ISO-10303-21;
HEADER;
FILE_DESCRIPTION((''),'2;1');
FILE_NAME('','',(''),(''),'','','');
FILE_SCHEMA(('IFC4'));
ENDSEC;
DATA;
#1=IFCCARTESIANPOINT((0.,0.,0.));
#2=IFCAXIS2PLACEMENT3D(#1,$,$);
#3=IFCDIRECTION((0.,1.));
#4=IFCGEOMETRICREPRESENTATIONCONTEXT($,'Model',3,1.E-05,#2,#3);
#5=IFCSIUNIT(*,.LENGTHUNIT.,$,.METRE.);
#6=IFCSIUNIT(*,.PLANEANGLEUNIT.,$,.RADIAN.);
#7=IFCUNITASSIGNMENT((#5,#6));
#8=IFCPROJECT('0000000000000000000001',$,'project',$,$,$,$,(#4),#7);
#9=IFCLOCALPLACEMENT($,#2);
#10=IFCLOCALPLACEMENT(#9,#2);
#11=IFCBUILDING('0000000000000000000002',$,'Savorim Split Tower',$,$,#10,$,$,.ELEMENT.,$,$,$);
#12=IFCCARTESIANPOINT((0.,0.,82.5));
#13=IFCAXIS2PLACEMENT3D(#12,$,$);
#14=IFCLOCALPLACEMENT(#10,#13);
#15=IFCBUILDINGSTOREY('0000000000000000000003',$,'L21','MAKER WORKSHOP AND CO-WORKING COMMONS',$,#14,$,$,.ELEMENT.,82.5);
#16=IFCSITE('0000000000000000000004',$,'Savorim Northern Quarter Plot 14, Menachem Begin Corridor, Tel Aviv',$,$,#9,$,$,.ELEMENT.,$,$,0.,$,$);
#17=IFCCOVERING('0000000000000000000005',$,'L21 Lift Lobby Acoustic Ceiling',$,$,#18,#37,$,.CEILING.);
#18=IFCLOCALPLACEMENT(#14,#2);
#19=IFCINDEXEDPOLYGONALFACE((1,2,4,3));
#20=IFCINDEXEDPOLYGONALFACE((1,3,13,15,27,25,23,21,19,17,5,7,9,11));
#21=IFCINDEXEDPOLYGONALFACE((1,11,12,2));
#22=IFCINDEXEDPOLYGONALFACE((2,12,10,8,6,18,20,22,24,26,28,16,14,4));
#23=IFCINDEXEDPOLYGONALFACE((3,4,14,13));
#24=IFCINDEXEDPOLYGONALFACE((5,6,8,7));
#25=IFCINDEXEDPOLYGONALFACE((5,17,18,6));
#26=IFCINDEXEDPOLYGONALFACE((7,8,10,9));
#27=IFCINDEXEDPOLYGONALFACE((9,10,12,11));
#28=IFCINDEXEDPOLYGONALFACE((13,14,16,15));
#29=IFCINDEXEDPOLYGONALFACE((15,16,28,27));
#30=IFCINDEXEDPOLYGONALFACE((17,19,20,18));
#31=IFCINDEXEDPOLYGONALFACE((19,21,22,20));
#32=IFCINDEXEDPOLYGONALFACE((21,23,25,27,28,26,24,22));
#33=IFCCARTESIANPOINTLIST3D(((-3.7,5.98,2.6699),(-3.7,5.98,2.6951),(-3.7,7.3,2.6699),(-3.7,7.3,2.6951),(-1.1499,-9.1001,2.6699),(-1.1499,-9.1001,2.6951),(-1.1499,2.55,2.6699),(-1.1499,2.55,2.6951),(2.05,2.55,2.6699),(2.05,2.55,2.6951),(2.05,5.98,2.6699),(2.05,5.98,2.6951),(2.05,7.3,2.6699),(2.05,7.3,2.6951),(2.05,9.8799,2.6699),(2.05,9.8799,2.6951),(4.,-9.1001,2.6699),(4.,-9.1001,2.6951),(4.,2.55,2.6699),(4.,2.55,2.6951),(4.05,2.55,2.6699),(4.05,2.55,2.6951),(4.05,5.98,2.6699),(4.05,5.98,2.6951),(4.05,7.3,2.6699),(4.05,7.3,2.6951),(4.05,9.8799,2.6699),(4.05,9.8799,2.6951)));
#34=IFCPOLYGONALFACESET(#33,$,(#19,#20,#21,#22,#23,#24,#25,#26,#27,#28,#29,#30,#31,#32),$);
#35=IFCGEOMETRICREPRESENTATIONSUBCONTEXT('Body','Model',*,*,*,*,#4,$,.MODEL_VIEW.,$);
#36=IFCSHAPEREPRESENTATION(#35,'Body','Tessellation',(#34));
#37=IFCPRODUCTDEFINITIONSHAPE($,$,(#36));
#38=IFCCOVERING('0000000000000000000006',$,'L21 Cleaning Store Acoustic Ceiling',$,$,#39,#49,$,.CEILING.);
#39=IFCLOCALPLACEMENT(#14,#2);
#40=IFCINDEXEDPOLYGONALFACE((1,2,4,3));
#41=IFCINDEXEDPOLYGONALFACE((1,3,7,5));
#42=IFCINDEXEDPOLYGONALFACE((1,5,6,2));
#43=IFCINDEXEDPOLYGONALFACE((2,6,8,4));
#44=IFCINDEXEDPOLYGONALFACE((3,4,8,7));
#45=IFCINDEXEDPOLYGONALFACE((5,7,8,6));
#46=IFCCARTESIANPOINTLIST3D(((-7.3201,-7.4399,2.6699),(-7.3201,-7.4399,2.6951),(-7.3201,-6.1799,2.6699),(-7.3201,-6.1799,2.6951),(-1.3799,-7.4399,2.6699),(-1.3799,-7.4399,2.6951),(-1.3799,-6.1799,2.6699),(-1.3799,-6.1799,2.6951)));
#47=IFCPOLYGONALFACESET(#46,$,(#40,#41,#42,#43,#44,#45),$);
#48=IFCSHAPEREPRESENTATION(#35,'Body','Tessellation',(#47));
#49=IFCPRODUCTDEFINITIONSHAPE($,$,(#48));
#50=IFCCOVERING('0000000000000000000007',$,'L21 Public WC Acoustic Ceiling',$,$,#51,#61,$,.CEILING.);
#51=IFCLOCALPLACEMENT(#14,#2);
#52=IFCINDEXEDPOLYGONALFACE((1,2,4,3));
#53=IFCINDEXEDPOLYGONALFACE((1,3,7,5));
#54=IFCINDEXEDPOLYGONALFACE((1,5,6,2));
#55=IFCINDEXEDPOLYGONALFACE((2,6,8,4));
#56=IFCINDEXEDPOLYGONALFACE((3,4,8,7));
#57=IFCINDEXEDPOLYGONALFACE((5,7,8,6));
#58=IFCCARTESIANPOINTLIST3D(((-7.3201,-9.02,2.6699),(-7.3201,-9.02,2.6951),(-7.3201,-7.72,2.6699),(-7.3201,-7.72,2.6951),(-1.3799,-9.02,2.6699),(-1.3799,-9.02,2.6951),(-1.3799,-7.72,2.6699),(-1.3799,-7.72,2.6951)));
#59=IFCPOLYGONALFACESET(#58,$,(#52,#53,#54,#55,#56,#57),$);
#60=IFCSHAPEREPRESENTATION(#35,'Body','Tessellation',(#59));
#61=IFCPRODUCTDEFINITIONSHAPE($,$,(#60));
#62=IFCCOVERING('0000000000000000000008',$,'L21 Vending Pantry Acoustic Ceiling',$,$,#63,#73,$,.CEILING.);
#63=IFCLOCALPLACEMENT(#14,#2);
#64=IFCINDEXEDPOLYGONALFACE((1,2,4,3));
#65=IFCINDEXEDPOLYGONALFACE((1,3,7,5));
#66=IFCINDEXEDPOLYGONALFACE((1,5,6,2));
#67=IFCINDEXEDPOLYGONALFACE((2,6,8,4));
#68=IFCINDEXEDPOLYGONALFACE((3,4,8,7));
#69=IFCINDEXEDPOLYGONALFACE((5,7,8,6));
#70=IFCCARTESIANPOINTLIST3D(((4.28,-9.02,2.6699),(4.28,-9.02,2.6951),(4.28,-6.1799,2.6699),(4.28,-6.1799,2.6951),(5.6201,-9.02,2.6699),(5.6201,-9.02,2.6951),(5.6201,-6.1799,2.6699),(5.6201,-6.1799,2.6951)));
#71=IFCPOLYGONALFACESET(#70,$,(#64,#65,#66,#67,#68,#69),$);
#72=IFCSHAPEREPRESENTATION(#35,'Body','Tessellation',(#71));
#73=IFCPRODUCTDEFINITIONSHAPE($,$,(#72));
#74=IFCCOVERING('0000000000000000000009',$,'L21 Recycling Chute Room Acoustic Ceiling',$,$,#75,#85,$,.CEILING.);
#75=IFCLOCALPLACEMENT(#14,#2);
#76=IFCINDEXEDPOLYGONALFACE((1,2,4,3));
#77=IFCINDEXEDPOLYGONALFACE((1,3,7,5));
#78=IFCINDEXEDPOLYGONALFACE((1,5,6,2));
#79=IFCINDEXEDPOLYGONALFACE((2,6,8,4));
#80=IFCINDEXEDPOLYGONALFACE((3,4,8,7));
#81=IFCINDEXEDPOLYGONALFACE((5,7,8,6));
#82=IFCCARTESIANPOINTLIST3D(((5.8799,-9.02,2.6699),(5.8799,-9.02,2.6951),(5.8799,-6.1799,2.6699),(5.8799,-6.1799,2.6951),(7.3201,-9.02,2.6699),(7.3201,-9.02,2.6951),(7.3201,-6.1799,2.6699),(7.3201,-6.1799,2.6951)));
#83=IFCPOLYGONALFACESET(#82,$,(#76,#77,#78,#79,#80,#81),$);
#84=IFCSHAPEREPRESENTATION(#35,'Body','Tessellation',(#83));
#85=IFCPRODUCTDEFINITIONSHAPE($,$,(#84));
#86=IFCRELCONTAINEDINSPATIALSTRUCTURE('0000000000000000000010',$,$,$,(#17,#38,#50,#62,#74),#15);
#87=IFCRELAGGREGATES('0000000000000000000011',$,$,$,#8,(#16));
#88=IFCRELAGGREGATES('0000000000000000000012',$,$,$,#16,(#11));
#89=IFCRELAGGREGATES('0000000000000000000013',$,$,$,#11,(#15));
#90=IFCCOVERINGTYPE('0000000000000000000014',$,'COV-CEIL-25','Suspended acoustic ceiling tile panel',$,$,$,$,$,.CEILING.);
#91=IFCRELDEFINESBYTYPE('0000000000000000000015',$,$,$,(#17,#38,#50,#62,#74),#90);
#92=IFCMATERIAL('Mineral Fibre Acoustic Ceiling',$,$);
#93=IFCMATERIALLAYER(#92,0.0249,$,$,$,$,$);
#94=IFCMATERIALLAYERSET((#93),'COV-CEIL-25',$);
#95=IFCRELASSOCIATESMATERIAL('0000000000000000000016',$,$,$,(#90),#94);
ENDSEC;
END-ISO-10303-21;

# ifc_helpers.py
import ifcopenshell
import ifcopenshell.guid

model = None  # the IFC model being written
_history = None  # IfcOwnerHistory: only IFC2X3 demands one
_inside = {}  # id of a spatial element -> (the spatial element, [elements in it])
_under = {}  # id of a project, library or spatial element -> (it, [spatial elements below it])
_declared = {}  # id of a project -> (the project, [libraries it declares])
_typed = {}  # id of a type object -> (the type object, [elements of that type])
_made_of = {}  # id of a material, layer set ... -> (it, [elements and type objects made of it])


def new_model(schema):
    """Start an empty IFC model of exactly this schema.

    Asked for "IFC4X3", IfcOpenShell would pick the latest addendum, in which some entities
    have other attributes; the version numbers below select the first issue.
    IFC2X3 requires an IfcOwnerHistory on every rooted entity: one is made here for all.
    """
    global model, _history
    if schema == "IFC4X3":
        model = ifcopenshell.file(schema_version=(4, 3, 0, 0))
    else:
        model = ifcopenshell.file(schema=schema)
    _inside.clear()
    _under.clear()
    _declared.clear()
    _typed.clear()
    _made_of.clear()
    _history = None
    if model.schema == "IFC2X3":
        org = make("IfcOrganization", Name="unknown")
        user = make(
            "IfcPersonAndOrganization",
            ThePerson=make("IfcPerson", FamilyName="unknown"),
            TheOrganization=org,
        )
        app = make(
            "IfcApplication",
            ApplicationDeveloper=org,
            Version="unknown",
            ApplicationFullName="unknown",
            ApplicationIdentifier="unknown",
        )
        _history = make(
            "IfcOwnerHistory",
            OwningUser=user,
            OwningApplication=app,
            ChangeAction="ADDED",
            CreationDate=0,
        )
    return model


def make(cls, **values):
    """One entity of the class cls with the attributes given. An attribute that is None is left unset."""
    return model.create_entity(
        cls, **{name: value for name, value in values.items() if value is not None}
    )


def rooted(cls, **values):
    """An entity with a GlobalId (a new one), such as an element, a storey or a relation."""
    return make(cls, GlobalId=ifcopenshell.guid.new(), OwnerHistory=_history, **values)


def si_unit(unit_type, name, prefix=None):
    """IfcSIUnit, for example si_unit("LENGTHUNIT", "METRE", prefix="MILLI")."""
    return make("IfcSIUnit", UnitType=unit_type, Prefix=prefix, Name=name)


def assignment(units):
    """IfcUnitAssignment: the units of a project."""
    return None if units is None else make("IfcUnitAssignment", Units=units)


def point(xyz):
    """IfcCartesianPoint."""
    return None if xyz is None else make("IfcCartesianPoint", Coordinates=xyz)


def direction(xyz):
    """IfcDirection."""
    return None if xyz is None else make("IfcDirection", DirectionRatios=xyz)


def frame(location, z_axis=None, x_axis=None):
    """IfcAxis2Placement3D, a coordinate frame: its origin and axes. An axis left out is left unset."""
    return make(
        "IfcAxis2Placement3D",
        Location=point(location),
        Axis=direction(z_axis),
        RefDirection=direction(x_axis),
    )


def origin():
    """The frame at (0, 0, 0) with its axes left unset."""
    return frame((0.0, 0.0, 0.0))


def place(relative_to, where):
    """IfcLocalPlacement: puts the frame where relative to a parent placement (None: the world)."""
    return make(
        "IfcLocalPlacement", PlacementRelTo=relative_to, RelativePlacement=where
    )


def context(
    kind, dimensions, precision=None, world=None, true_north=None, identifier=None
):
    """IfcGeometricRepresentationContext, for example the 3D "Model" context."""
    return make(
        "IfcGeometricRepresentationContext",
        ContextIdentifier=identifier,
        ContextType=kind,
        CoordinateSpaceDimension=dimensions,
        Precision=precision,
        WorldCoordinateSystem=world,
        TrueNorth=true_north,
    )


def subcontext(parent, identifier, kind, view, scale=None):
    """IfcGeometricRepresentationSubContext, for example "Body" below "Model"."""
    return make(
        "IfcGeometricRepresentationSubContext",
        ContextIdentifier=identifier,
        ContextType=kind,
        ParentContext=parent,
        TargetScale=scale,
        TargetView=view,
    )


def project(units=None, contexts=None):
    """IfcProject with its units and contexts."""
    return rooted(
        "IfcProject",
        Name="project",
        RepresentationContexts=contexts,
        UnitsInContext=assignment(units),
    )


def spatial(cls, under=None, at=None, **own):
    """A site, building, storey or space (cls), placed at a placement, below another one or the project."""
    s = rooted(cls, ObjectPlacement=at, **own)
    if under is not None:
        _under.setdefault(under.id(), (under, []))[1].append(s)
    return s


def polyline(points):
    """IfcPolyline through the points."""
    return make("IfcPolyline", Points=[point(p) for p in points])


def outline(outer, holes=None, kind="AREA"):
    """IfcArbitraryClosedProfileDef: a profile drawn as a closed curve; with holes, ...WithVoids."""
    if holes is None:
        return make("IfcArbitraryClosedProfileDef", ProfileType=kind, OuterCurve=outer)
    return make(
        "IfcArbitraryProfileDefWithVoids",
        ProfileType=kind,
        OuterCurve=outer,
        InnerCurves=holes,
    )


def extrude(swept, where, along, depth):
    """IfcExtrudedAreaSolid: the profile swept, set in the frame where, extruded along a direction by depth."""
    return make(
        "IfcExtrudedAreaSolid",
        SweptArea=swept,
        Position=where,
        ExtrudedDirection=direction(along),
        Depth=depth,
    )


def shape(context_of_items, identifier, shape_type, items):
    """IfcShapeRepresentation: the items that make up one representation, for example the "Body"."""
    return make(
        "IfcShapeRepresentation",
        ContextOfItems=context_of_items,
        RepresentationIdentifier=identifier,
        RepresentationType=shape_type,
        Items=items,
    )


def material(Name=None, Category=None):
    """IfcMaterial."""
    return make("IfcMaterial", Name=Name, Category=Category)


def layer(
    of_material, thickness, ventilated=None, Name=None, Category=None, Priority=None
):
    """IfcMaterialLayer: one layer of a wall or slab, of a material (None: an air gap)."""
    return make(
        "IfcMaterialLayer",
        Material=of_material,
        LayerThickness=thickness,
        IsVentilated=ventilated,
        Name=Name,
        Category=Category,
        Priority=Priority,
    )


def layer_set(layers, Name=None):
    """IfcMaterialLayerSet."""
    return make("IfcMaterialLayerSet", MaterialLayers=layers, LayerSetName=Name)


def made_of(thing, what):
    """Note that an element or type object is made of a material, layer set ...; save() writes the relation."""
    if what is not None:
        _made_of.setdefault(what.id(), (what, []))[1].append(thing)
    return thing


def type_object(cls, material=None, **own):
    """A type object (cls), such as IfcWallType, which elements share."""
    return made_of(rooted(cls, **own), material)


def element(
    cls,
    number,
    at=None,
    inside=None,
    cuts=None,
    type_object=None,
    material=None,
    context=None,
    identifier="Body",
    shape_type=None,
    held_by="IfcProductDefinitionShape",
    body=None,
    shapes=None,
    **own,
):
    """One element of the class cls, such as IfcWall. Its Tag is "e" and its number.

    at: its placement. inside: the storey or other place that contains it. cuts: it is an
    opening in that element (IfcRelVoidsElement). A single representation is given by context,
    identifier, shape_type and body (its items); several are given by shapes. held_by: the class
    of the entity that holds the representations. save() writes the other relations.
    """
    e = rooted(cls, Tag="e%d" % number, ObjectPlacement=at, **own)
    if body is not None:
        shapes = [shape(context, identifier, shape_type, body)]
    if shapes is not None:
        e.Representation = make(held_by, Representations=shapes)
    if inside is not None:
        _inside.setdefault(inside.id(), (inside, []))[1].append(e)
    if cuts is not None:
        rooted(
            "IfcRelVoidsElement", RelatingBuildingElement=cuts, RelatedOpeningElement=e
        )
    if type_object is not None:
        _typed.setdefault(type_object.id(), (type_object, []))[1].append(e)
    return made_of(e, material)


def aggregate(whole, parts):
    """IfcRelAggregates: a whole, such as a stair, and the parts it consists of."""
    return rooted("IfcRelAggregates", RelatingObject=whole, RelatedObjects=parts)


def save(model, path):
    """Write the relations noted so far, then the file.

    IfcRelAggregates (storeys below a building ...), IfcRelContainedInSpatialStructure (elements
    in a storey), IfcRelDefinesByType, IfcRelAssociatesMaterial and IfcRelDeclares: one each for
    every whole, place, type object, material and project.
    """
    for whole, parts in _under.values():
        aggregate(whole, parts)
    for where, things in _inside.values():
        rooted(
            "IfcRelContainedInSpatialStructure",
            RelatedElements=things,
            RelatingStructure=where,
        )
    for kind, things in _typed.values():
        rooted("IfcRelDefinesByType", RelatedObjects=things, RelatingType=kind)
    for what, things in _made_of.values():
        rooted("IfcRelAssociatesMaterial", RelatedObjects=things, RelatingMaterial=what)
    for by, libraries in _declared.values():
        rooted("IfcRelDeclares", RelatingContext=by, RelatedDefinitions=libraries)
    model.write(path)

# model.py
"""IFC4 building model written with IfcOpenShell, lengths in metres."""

from ifc_helpers import new_model, si_unit, direction, frame, origin, place, context, subcontext, project, spatial, polyline, outline, extrude, material, layer, layer_set, type_object, element, save


model = new_model("IFC4")

# Units and contexts
model_context = context("Model", 3, precision=1e-05, world=origin(), true_north=direction((0.0, 1.0)))
body_context = subcontext(model_context, "Body", "Model", "MODEL_VIEW")
ifc_project = project(units=[si_unit("LENGTHUNIT", "METRE"), si_unit("PLANEANGLEUNIT", "RADIAN")], contexts=[model_context])

# Site, building, storey
site_placement = place(None, origin())
site = spatial("IfcSite", under=ifc_project, at=site_placement, Name="Savorim Northern Quarter Plot 14, Menachem Begin Corridor, Tel Aviv", CompositionType="ELEMENT", RefElevation=0.0)
building_placement = place(site_placement, origin())
building = spatial("IfcBuilding", under=site, at=building_placement, Name="Savorim Split Tower", CompositionType="ELEMENT")
storey_placement = place(building_placement, frame((0.0, 0.0, 82.5)))
storey = spatial("IfcBuildingStorey", under=building, at=storey_placement, Name="L21", Description="MAKER WORKSHOP AND CO-WORKING COMMONS", CompositionType="ELEMENT", Elevation=82.5)

# Coverings
ifc_material_1 = material(Name="Mineral Fibre Acoustic Ceiling")
ifc_layer_1 = layer(ifc_material_1, 0.0249)
ifc_layer_set_1 = layer_set([ifc_layer_1], Name="COV-CEIL-25")
covering_type_1 = type_object("IfcCoveringType", Name="COV-CEIL-25", Description="Suspended acoustic ceiling tile panel", PredefinedType="CEILING", material=ifc_layer_set_1)
covering_1_placement = place(storey_placement, frame((0.0, 0.0, 2.6699)))
element("IfcCovering", 1, at=covering_1_placement, inside=storey, type_object=covering_type_1, Name="L21 Lift Lobby Acoustic Ceiling", PredefinedType="CEILING", context=body_context, shape_type="SweptSolid", body=[
    extrude(outline(polyline([(2.05, 2.55), (-1.1499, 2.55), (-1.1499, -9.1001), (4.0, -9.1001), (4.0, 2.55), (4.05, 2.55), (4.05, 5.98), (4.05, 7.3), (4.05, 9.8799), (2.05, 9.8799), (2.05, 7.3), (-3.7, 7.3), (-3.7, 5.98), (2.05, 5.98), (2.05, 2.55)])), origin(), (0.0, 0.0, 1.0), 0.0251),
])
covering_2_placement = place(storey_placement, frame((0.0, 0.0, 2.6699)))
element("IfcCovering", 2, at=covering_2_placement, inside=storey, type_object=covering_type_1, Name="L21 Cleaning Store Acoustic Ceiling", PredefinedType="CEILING", context=body_context, shape_type="SweptSolid", body=[
    extrude(outline(polyline([(-7.3201, -6.1799), (-7.3201, -7.4399), (-1.3799, -7.4399), (-1.3799, -6.1799), (-7.3201, -6.1799)])), origin(), (0.0, 0.0, 1.0), 0.0251),
])
covering_3_placement = place(storey_placement, frame((0.0, 0.0, 2.6699)))
element("IfcCovering", 3, at=covering_3_placement, inside=storey, type_object=covering_type_1, Name="L21 Public WC Acoustic Ceiling", PredefinedType="CEILING", context=body_context, shape_type="SweptSolid", body=[
    extrude(outline(polyline([(-7.3201, -7.72), (-7.3201, -9.02), (-1.3799, -9.02), (-1.3799, -7.72), (-7.3201, -7.72)])), origin(), (0.0, 0.0, 1.0), 0.0251),
])
covering_4_placement = place(storey_placement, frame((0.0, 0.0, 2.6699)))
element("IfcCovering", 4, at=covering_4_placement, inside=storey, type_object=covering_type_1, Name="L21 Vending Pantry Acoustic Ceiling", PredefinedType="CEILING", context=body_context, shape_type="SweptSolid", body=[
    extrude(outline(polyline([(4.28, -6.1799), (4.28, -9.02), (5.6201, -9.02), (5.6201, -6.1799), (4.28, -6.1799)])), origin(), (0.0, 0.0, 1.0), 0.0251),
])
covering_5_placement = place(storey_placement, frame((0.0, 0.0, 2.6699)))
element("IfcCovering", 5, at=covering_5_placement, inside=storey, type_object=covering_type_1, Name="L21 Recycling Chute Room Acoustic Ceiling", PredefinedType="CEILING", context=body_context, shape_type="SweptSolid", body=[
    extrude(outline(polyline([(5.8799, -6.1799), (5.8799, -9.02), (7.3201, -9.02), (7.3201, -6.1799), (5.8799, -6.1799)])), origin(), (0.0, 0.0, 1.0), 0.0251),
])

save(model, "model.ifc")
